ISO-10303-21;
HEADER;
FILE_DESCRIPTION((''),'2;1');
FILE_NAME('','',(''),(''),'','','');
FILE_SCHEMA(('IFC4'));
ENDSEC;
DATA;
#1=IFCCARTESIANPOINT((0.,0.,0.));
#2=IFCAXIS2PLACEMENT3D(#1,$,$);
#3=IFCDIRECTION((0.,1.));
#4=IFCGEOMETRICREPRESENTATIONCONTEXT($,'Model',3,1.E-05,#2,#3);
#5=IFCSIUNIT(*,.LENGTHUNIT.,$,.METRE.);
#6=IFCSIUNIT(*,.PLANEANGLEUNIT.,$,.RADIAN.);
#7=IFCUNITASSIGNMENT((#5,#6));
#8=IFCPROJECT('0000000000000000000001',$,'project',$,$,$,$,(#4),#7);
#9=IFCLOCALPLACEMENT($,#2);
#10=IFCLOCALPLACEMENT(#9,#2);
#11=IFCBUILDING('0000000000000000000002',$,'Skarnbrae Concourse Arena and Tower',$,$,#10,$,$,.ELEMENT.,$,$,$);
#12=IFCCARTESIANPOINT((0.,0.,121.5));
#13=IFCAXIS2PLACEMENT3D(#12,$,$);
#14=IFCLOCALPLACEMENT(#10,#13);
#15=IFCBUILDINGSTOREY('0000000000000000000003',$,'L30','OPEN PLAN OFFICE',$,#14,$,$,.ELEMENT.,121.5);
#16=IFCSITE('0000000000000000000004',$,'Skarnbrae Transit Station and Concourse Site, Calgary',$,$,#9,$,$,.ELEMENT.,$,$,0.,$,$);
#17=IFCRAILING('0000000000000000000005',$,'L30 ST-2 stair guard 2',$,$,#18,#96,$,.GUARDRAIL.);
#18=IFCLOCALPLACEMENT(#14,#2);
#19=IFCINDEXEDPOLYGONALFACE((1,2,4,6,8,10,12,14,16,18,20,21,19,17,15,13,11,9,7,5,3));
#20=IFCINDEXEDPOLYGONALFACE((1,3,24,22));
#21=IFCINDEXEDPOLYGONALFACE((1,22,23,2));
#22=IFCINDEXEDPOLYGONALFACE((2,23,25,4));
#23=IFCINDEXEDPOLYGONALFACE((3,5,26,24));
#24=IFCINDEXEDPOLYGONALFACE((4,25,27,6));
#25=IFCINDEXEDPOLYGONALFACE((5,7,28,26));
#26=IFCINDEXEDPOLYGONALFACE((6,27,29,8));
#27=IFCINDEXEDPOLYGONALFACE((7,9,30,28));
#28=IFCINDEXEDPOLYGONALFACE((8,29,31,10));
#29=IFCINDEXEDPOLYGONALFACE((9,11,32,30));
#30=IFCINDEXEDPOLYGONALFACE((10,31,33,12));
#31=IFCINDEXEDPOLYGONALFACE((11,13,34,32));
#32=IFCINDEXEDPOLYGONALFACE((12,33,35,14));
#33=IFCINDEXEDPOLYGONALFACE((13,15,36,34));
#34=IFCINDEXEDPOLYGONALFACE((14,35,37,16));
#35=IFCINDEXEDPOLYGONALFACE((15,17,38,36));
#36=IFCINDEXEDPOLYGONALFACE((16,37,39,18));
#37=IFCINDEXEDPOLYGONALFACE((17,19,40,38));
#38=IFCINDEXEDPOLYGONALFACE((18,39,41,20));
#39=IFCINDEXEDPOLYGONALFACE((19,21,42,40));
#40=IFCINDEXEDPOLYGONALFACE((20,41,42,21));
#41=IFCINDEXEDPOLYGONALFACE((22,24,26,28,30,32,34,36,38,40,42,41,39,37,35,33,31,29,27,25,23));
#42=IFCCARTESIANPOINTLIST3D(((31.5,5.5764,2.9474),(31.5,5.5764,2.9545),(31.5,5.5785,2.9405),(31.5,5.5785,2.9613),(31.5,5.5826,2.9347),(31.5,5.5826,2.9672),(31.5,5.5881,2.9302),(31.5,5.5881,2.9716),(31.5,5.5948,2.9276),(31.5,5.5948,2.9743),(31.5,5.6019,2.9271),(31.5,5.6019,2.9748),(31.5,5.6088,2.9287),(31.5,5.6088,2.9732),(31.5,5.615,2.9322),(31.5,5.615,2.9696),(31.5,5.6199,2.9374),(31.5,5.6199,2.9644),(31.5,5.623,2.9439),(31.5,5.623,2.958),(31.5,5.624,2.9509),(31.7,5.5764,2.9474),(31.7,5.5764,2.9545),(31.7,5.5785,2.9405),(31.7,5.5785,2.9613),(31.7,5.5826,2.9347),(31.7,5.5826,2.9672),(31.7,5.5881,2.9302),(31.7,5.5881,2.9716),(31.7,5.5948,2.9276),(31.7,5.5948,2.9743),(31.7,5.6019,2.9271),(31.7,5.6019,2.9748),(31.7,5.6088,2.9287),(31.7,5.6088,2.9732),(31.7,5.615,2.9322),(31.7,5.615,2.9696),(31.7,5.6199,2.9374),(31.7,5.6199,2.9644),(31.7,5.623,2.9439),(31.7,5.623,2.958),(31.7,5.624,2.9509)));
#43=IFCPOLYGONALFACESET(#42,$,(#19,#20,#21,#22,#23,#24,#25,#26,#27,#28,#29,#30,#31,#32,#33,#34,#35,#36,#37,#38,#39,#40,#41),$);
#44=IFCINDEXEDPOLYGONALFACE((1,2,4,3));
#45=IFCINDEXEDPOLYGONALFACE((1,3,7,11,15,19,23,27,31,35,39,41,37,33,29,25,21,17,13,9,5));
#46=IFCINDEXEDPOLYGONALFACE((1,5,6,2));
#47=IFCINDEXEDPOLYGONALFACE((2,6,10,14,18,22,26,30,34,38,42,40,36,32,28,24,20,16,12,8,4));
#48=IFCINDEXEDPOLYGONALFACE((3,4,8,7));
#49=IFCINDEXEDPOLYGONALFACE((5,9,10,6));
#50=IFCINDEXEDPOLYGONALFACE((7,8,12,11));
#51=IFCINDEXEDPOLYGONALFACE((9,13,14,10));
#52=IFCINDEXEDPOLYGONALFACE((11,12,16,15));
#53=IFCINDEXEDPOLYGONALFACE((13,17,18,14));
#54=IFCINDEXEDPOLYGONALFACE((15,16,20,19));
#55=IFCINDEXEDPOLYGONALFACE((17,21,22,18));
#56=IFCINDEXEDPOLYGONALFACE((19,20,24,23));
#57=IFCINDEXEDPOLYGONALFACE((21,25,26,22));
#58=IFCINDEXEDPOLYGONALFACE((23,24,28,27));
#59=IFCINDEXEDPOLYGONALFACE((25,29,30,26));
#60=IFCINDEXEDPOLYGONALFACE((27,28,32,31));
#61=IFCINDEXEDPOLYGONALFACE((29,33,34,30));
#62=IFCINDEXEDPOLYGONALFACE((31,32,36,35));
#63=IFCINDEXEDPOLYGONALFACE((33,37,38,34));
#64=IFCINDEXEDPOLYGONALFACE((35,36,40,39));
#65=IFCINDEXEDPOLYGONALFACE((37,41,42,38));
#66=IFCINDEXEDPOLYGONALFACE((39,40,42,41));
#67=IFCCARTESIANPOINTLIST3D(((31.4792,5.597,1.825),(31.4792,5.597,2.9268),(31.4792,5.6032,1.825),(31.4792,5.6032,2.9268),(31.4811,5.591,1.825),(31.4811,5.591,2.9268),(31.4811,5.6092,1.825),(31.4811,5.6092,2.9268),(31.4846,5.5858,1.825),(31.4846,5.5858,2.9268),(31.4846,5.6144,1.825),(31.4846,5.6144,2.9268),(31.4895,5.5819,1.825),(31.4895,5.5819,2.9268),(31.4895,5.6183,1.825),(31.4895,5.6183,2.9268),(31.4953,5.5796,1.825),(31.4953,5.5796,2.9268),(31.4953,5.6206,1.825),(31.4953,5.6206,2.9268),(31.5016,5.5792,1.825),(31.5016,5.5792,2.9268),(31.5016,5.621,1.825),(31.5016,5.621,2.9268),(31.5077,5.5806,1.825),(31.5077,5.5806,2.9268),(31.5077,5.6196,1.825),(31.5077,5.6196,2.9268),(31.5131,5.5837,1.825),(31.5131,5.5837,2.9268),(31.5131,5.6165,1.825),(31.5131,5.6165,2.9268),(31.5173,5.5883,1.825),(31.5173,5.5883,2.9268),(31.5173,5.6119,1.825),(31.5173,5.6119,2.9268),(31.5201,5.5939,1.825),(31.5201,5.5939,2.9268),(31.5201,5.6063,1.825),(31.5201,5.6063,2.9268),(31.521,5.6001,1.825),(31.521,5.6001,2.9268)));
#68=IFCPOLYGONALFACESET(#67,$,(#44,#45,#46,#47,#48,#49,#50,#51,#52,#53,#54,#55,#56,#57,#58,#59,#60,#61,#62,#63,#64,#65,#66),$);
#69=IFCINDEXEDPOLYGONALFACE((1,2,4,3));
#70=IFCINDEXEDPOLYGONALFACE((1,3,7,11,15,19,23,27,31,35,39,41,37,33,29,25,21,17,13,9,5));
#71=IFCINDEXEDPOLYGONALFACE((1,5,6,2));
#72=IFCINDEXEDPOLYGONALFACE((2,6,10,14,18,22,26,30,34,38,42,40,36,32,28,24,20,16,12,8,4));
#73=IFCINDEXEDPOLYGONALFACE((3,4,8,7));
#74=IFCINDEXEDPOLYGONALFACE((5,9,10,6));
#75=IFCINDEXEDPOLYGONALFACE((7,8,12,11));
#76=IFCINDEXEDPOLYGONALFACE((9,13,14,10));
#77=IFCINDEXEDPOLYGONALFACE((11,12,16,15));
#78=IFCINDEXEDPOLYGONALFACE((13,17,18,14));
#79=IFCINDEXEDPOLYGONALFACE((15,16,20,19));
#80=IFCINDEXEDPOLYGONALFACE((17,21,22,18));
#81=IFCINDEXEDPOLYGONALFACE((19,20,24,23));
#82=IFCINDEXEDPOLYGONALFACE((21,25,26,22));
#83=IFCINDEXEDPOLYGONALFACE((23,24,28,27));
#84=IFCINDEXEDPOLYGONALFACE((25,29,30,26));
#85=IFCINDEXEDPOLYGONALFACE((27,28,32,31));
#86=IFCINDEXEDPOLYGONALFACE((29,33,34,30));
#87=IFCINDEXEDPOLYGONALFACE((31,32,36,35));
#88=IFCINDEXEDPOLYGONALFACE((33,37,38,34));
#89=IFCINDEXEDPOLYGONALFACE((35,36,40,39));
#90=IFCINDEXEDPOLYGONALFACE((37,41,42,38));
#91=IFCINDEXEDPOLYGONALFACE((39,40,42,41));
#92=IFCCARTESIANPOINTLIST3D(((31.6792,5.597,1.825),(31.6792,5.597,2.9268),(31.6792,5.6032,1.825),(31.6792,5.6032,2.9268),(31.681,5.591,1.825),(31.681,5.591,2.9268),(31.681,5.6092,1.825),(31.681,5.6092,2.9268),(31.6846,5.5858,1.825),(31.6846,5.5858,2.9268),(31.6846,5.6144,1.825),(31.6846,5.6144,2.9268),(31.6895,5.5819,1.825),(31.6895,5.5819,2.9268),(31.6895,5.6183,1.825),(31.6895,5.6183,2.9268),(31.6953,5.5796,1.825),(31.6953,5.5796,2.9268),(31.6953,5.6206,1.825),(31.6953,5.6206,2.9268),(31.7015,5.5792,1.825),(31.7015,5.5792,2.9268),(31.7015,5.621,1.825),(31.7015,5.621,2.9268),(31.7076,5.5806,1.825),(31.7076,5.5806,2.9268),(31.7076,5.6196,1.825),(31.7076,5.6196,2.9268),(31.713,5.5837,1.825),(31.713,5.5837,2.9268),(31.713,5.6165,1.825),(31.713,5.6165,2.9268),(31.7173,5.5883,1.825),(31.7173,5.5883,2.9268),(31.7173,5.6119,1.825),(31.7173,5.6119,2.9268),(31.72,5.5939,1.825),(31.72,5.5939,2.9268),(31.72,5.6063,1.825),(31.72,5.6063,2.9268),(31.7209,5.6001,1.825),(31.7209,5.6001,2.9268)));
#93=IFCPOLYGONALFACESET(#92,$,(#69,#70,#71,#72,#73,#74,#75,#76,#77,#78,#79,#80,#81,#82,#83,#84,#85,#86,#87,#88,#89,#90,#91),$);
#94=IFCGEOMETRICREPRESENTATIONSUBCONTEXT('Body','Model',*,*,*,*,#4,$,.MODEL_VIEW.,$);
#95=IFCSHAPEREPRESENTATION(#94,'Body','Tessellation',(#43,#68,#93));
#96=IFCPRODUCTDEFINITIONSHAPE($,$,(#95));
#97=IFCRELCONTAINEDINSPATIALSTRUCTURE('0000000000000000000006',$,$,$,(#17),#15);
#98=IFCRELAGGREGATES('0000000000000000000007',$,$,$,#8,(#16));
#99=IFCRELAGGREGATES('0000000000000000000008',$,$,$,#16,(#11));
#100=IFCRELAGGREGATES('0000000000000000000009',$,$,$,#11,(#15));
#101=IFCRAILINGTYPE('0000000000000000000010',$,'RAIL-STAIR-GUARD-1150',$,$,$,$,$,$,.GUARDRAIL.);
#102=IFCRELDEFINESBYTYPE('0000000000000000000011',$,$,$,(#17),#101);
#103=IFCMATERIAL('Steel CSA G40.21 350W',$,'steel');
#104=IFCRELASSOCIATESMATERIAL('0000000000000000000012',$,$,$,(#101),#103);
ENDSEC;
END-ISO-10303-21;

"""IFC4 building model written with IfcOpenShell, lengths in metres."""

from ifc_helpers import new_model, si_unit, direction, frame, origin, origin_2d, place, context, subcontext, project, spatial, circle, extrude, material, type_object, element, save


model = new_model("IFC4")

# Units and contexts
model_context = context("Model", 3, precision=1e-05, world=origin(), true_north=direction((0.0, 1.0)))
body_context = subcontext(model_context, "Body", "Model", "MODEL_VIEW")
ifc_project = project(units=[si_unit("LENGTHUNIT", "METRE"), si_unit("PLANEANGLEUNIT", "RADIAN")], contexts=[model_context])

# Site, building, storey
site_placement = place(None, origin())
site = spatial("IfcSite", under=ifc_project, at=site_placement, Name="Skarnbrae Transit Station and Concourse Site, Calgary", CompositionType="ELEMENT", RefElevation=0.0)
building_placement = place(site_placement, origin())
building = spatial("IfcBuilding", under=site, at=building_placement, Name="Skarnbrae Concourse Arena and Tower", CompositionType="ELEMENT")
storey_placement = place(building_placement, frame((0.0, 0.0, 121.5)))
storey = spatial("IfcBuildingStorey", under=building, at=storey_placement, Name="L30", Description="OPEN PLAN OFFICE", CompositionType="ELEMENT", Elevation=121.5)

# Shared definitions
ifc_material_1 = material(Name="Steel CSA G40.21 350W", Category="steel")

# Railing
railing_type_1 = type_object("IfcRailingType", Name="RAIL-STAIR-GUARD-1150", PredefinedType="GUARDRAIL", material=ifc_material_1)
railing_1_placement = place(storey_placement, frame((31.5, 5.6001, 1.825)))
element("IfcRailing", 1, at=railing_1_placement, inside=storey, type_object=railing_type_1, Name="L30 ST-2 stair guard 2", PredefinedType="GUARDRAIL", context=body_context, shape_type="SweptSolid", body=[
    extrude(circle(Radius=0.0239, at=origin_2d()), frame((0.0, 0.0, 1.126), z_axis=(1.0, 0.0, 0.0), x_axis=(0.0, 1.0, 0.0)), (0.0, 0.0, 1.0), 0.2),
    extrude(circle(Radius=0.021, at=origin_2d()), origin(), (0.0, 0.0, 1.0), 1.1018),
    extrude(circle(Radius=0.021, at=origin_2d()), frame((0.2, 0.0, 0.0)), (0.0, 0.0, 1.0), 1.1018),
])

save(model, "model.ifc")
